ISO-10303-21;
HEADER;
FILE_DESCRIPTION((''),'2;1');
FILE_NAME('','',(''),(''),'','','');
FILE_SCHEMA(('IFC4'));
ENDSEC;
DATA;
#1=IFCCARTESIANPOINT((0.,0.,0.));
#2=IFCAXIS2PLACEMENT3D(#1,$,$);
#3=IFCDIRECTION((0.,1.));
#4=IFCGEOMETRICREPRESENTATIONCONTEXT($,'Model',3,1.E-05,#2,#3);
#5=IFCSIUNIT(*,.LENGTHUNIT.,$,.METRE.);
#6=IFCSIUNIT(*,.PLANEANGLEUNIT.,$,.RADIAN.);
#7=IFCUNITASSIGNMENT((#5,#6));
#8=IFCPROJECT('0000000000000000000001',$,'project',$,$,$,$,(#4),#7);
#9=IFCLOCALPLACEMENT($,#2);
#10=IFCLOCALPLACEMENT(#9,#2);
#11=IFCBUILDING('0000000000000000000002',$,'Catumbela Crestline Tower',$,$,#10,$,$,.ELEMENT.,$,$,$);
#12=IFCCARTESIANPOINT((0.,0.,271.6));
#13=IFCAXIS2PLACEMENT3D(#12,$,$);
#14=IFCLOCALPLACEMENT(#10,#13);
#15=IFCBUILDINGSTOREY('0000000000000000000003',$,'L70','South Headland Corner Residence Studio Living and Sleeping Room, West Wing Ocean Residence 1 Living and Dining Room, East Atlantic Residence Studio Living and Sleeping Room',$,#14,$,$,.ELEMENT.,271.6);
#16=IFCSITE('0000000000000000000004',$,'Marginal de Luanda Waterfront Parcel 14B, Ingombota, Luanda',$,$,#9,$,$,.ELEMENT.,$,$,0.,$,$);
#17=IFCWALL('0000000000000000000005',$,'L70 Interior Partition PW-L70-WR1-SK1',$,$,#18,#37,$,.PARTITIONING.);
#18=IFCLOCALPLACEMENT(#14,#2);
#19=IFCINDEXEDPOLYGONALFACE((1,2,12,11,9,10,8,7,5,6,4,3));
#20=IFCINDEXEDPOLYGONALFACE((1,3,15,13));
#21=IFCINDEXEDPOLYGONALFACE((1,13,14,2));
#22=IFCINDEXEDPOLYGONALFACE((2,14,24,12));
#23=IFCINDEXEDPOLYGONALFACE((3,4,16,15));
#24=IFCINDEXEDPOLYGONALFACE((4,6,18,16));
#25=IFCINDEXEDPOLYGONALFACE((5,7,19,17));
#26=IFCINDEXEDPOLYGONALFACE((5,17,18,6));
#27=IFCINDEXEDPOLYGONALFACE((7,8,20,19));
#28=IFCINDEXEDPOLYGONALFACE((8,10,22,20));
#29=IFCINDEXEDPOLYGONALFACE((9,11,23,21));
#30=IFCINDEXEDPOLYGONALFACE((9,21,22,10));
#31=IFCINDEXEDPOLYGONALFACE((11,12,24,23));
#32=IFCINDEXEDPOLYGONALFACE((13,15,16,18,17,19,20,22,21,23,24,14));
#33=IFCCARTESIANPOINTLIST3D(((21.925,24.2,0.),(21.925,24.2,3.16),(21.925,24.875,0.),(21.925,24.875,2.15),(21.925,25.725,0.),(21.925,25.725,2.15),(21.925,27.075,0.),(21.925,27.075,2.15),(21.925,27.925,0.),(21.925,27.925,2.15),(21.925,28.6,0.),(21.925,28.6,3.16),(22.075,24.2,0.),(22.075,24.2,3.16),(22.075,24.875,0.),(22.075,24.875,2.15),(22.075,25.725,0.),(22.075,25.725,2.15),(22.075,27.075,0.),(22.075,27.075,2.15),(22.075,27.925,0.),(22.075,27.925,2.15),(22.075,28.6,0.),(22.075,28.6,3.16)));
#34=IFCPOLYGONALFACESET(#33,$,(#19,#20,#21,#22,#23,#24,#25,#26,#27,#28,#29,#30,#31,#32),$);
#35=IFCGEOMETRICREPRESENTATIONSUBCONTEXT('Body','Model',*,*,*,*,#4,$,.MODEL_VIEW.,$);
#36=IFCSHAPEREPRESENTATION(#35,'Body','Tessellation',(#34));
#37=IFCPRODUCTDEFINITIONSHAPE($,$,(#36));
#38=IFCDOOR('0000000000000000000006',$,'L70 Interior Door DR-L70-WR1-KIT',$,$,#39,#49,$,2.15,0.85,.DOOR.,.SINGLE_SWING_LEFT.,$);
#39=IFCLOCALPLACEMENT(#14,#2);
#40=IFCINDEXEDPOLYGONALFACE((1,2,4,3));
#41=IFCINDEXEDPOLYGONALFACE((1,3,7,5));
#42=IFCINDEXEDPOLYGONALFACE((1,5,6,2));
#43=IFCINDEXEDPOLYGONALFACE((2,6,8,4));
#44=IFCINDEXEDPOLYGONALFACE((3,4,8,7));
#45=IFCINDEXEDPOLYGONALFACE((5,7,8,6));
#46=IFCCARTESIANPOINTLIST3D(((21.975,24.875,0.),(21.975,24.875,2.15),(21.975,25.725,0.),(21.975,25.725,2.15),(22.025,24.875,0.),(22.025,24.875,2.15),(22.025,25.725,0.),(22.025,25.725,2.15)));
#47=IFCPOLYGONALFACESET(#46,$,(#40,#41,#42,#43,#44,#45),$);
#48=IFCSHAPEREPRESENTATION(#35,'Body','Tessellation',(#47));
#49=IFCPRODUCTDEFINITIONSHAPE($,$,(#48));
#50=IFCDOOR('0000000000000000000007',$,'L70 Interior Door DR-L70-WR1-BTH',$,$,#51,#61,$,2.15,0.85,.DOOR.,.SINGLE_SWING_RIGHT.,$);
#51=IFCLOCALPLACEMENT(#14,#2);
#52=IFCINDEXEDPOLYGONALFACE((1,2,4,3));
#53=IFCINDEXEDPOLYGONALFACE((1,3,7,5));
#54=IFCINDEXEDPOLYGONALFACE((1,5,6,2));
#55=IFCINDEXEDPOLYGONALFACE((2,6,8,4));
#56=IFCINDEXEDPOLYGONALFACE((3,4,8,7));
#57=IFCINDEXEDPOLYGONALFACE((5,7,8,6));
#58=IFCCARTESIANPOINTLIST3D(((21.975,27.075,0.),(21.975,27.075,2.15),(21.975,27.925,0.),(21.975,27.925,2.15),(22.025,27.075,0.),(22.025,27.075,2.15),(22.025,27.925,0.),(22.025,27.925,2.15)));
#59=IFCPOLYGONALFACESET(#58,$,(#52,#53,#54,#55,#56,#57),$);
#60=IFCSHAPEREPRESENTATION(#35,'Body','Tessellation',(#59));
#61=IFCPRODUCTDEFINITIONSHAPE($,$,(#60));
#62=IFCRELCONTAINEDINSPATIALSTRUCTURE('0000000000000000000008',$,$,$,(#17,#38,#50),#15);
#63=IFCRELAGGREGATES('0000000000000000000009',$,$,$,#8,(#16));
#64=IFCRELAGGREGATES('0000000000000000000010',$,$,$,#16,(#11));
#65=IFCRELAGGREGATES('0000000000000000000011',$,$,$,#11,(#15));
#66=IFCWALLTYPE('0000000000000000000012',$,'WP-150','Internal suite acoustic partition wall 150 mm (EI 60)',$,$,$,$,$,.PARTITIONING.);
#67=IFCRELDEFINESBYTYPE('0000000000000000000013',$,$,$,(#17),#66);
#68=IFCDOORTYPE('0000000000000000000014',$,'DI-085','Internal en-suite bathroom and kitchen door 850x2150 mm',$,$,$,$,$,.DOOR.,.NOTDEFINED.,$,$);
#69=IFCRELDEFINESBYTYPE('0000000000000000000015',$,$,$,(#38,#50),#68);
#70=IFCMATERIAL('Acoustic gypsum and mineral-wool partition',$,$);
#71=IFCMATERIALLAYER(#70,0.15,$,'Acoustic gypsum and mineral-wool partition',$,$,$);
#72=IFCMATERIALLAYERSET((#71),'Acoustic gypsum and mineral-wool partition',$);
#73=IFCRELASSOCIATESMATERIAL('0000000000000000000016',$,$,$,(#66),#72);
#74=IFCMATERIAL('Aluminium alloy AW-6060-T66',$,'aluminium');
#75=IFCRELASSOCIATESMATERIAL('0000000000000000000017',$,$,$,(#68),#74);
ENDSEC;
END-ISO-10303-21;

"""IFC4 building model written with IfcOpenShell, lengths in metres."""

from ifc_helpers import new_model, si_unit, direction, frame, frame_2d, origin, place, context, subcontext, project, spatial, rectangle, extrude, material, layer, layer_set, type_object, element, fill, save


model = new_model("IFC4")

# Units and contexts
model_context = context("Model", 3, precision=1e-05, world=origin(), true_north=direction((0.0, 1.0)))
body_context = subcontext(model_context, "Body", "Model", "MODEL_VIEW")
ifc_project = project(units=[si_unit("LENGTHUNIT", "METRE"), si_unit("PLANEANGLEUNIT", "RADIAN")], contexts=[model_context])

# Site, building, storey
site_placement = place(None, origin())
site = spatial("IfcSite", under=ifc_project, at=site_placement, Name="Marginal de Luanda Waterfront Parcel 14B, Ingombota, Luanda", CompositionType="ELEMENT", RefElevation=0.0)
building_placement = place(site_placement, origin())
building = spatial("IfcBuilding", under=site, at=building_placement, Name="Catumbela Crestline Tower", CompositionType="ELEMENT")
storey_placement = place(building_placement, frame((0.0, 0.0, 271.6)))
storey = spatial("IfcBuildingStorey", under=building, at=storey_placement, Name="L70", Description="South Headland Corner Residence Studio Living and Sleeping Room, West Wing Ocean Residence 1 Living and Dining Room, East Atlantic Residence Studio Living and Sleeping Room", CompositionType="ELEMENT", Elevation=271.6)

# Shared definitions
ifc_material_1 = material(Name="Acoustic gypsum and mineral-wool partition")

# Shared definitions
ifc_material_2 = material(Name="Aluminium alloy AW-6060-T66", Category="aluminium")

# Shared definitions
ifc_layer_1 = layer(ifc_material_1, 0.15, Name="Acoustic gypsum and mineral-wool partition")
ifc_layer_set_1 = layer_set([ifc_layer_1], Name="Acoustic gypsum and mineral-wool partition")
wall_type_1 = type_object("IfcWallType", Name="WP-150", Description="Internal suite acoustic partition wall 150 mm (EI 60)", PredefinedType="PARTITIONING", material=ifc_layer_set_1)

# Shared definitions
door_type_1 = type_object("IfcDoorType", Name="DI-085", Description="Internal en-suite bathroom and kitchen door 850x2150 mm", OperationType="NOTDEFINED", PredefinedType="DOOR", material=ifc_material_2)

# Wall, openings, doors
wall_1_placement = place(storey_placement, frame((22.0, 24.2, 0.0), z_axis=(0.0, 0.0, 1.0), x_axis=(0.0, 1.0, 0.0)))
wall_1 = element("IfcWall", 1, at=wall_1_placement, inside=storey, type_object=wall_type_1, Name="L70 Interior Partition PW-L70-WR1-SK1", PredefinedType="PARTITIONING", context=body_context, shape_type="SweptSolid", body=[
    extrude(rectangle(XDim=4.4, YDim=0.15, at=frame_2d((2.2, 0.0))), origin(), (0.0, 0.0, 1.0), 3.16),
])
opening_1_placement = place(wall_1_placement, frame((0.675, 0.0, 0.0)))
opening_1 = element("IfcOpeningElement", 2, at=opening_1_placement, cuts=wall_1, PredefinedType="OPENING", context=body_context, shape_type="SweptSolid", body=[
    extrude(rectangle(XDim=0.85, YDim=2.15, at=frame_2d((0.425, 1.075))), frame((0.0, 0.085, 0.0), z_axis=(0.0, -1.0, 0.0), x_axis=(1.0, 0.0, 0.0)), (0.0, 0.0, 1.0), 0.17),
])
opening_2_placement = place(wall_1_placement, frame((2.875, 0.0, 0.0)))
opening_2 = element("IfcOpeningElement", 3, at=opening_2_placement, cuts=wall_1, PredefinedType="OPENING", context=body_context, shape_type="SweptSolid", body=[
    extrude(rectangle(XDim=0.85, YDim=2.15, at=frame_2d((0.425, 1.075))), frame((0.0, 0.085, 0.0), z_axis=(0.0, -1.0, 0.0), x_axis=(1.0, 0.0, 0.0)), (0.0, 0.0, 1.0), 0.17),
])
door_1_placement = place(opening_1_placement, origin())
door_1 = element("IfcDoor", 4, at=door_1_placement, inside=storey, type_object=door_type_1, Name="L70 Interior Door DR-L70-WR1-KIT", OperationType="SINGLE_SWING_LEFT", OverallHeight=2.15, OverallWidth=0.85, PredefinedType="DOOR", context=body_context, shape_type="SweptSolid", body=[
    extrude(rectangle(XDim=0.85, YDim=2.15, at=frame_2d((0.425, 1.075))), frame((0.0, 0.025, 0.0), z_axis=(0.0, -1.0, 0.0), x_axis=(1.0, 0.0, 0.0)), (0.0, 0.0, 1.0), 0.05),
])
fill(opening_1, door_1)
door_2_placement = place(opening_2_placement, origin())
door_2 = element("IfcDoor", 5, at=door_2_placement, inside=storey, type_object=door_type_1, Name="L70 Interior Door DR-L70-WR1-BTH", OperationType="SINGLE_SWING_RIGHT", OverallHeight=2.15, OverallWidth=0.85, PredefinedType="DOOR", context=body_context, shape_type="SweptSolid", body=[
    extrude(rectangle(XDim=0.85, YDim=2.15, at=frame_2d((0.425, 1.075))), frame((0.0, 0.025, 0.0), z_axis=(0.0, -1.0, 0.0), x_axis=(1.0, 0.0, 0.0)), (0.0, 0.0, 1.0), 0.05),
])
fill(opening_2, door_2)

save(model, "model.ifc")
